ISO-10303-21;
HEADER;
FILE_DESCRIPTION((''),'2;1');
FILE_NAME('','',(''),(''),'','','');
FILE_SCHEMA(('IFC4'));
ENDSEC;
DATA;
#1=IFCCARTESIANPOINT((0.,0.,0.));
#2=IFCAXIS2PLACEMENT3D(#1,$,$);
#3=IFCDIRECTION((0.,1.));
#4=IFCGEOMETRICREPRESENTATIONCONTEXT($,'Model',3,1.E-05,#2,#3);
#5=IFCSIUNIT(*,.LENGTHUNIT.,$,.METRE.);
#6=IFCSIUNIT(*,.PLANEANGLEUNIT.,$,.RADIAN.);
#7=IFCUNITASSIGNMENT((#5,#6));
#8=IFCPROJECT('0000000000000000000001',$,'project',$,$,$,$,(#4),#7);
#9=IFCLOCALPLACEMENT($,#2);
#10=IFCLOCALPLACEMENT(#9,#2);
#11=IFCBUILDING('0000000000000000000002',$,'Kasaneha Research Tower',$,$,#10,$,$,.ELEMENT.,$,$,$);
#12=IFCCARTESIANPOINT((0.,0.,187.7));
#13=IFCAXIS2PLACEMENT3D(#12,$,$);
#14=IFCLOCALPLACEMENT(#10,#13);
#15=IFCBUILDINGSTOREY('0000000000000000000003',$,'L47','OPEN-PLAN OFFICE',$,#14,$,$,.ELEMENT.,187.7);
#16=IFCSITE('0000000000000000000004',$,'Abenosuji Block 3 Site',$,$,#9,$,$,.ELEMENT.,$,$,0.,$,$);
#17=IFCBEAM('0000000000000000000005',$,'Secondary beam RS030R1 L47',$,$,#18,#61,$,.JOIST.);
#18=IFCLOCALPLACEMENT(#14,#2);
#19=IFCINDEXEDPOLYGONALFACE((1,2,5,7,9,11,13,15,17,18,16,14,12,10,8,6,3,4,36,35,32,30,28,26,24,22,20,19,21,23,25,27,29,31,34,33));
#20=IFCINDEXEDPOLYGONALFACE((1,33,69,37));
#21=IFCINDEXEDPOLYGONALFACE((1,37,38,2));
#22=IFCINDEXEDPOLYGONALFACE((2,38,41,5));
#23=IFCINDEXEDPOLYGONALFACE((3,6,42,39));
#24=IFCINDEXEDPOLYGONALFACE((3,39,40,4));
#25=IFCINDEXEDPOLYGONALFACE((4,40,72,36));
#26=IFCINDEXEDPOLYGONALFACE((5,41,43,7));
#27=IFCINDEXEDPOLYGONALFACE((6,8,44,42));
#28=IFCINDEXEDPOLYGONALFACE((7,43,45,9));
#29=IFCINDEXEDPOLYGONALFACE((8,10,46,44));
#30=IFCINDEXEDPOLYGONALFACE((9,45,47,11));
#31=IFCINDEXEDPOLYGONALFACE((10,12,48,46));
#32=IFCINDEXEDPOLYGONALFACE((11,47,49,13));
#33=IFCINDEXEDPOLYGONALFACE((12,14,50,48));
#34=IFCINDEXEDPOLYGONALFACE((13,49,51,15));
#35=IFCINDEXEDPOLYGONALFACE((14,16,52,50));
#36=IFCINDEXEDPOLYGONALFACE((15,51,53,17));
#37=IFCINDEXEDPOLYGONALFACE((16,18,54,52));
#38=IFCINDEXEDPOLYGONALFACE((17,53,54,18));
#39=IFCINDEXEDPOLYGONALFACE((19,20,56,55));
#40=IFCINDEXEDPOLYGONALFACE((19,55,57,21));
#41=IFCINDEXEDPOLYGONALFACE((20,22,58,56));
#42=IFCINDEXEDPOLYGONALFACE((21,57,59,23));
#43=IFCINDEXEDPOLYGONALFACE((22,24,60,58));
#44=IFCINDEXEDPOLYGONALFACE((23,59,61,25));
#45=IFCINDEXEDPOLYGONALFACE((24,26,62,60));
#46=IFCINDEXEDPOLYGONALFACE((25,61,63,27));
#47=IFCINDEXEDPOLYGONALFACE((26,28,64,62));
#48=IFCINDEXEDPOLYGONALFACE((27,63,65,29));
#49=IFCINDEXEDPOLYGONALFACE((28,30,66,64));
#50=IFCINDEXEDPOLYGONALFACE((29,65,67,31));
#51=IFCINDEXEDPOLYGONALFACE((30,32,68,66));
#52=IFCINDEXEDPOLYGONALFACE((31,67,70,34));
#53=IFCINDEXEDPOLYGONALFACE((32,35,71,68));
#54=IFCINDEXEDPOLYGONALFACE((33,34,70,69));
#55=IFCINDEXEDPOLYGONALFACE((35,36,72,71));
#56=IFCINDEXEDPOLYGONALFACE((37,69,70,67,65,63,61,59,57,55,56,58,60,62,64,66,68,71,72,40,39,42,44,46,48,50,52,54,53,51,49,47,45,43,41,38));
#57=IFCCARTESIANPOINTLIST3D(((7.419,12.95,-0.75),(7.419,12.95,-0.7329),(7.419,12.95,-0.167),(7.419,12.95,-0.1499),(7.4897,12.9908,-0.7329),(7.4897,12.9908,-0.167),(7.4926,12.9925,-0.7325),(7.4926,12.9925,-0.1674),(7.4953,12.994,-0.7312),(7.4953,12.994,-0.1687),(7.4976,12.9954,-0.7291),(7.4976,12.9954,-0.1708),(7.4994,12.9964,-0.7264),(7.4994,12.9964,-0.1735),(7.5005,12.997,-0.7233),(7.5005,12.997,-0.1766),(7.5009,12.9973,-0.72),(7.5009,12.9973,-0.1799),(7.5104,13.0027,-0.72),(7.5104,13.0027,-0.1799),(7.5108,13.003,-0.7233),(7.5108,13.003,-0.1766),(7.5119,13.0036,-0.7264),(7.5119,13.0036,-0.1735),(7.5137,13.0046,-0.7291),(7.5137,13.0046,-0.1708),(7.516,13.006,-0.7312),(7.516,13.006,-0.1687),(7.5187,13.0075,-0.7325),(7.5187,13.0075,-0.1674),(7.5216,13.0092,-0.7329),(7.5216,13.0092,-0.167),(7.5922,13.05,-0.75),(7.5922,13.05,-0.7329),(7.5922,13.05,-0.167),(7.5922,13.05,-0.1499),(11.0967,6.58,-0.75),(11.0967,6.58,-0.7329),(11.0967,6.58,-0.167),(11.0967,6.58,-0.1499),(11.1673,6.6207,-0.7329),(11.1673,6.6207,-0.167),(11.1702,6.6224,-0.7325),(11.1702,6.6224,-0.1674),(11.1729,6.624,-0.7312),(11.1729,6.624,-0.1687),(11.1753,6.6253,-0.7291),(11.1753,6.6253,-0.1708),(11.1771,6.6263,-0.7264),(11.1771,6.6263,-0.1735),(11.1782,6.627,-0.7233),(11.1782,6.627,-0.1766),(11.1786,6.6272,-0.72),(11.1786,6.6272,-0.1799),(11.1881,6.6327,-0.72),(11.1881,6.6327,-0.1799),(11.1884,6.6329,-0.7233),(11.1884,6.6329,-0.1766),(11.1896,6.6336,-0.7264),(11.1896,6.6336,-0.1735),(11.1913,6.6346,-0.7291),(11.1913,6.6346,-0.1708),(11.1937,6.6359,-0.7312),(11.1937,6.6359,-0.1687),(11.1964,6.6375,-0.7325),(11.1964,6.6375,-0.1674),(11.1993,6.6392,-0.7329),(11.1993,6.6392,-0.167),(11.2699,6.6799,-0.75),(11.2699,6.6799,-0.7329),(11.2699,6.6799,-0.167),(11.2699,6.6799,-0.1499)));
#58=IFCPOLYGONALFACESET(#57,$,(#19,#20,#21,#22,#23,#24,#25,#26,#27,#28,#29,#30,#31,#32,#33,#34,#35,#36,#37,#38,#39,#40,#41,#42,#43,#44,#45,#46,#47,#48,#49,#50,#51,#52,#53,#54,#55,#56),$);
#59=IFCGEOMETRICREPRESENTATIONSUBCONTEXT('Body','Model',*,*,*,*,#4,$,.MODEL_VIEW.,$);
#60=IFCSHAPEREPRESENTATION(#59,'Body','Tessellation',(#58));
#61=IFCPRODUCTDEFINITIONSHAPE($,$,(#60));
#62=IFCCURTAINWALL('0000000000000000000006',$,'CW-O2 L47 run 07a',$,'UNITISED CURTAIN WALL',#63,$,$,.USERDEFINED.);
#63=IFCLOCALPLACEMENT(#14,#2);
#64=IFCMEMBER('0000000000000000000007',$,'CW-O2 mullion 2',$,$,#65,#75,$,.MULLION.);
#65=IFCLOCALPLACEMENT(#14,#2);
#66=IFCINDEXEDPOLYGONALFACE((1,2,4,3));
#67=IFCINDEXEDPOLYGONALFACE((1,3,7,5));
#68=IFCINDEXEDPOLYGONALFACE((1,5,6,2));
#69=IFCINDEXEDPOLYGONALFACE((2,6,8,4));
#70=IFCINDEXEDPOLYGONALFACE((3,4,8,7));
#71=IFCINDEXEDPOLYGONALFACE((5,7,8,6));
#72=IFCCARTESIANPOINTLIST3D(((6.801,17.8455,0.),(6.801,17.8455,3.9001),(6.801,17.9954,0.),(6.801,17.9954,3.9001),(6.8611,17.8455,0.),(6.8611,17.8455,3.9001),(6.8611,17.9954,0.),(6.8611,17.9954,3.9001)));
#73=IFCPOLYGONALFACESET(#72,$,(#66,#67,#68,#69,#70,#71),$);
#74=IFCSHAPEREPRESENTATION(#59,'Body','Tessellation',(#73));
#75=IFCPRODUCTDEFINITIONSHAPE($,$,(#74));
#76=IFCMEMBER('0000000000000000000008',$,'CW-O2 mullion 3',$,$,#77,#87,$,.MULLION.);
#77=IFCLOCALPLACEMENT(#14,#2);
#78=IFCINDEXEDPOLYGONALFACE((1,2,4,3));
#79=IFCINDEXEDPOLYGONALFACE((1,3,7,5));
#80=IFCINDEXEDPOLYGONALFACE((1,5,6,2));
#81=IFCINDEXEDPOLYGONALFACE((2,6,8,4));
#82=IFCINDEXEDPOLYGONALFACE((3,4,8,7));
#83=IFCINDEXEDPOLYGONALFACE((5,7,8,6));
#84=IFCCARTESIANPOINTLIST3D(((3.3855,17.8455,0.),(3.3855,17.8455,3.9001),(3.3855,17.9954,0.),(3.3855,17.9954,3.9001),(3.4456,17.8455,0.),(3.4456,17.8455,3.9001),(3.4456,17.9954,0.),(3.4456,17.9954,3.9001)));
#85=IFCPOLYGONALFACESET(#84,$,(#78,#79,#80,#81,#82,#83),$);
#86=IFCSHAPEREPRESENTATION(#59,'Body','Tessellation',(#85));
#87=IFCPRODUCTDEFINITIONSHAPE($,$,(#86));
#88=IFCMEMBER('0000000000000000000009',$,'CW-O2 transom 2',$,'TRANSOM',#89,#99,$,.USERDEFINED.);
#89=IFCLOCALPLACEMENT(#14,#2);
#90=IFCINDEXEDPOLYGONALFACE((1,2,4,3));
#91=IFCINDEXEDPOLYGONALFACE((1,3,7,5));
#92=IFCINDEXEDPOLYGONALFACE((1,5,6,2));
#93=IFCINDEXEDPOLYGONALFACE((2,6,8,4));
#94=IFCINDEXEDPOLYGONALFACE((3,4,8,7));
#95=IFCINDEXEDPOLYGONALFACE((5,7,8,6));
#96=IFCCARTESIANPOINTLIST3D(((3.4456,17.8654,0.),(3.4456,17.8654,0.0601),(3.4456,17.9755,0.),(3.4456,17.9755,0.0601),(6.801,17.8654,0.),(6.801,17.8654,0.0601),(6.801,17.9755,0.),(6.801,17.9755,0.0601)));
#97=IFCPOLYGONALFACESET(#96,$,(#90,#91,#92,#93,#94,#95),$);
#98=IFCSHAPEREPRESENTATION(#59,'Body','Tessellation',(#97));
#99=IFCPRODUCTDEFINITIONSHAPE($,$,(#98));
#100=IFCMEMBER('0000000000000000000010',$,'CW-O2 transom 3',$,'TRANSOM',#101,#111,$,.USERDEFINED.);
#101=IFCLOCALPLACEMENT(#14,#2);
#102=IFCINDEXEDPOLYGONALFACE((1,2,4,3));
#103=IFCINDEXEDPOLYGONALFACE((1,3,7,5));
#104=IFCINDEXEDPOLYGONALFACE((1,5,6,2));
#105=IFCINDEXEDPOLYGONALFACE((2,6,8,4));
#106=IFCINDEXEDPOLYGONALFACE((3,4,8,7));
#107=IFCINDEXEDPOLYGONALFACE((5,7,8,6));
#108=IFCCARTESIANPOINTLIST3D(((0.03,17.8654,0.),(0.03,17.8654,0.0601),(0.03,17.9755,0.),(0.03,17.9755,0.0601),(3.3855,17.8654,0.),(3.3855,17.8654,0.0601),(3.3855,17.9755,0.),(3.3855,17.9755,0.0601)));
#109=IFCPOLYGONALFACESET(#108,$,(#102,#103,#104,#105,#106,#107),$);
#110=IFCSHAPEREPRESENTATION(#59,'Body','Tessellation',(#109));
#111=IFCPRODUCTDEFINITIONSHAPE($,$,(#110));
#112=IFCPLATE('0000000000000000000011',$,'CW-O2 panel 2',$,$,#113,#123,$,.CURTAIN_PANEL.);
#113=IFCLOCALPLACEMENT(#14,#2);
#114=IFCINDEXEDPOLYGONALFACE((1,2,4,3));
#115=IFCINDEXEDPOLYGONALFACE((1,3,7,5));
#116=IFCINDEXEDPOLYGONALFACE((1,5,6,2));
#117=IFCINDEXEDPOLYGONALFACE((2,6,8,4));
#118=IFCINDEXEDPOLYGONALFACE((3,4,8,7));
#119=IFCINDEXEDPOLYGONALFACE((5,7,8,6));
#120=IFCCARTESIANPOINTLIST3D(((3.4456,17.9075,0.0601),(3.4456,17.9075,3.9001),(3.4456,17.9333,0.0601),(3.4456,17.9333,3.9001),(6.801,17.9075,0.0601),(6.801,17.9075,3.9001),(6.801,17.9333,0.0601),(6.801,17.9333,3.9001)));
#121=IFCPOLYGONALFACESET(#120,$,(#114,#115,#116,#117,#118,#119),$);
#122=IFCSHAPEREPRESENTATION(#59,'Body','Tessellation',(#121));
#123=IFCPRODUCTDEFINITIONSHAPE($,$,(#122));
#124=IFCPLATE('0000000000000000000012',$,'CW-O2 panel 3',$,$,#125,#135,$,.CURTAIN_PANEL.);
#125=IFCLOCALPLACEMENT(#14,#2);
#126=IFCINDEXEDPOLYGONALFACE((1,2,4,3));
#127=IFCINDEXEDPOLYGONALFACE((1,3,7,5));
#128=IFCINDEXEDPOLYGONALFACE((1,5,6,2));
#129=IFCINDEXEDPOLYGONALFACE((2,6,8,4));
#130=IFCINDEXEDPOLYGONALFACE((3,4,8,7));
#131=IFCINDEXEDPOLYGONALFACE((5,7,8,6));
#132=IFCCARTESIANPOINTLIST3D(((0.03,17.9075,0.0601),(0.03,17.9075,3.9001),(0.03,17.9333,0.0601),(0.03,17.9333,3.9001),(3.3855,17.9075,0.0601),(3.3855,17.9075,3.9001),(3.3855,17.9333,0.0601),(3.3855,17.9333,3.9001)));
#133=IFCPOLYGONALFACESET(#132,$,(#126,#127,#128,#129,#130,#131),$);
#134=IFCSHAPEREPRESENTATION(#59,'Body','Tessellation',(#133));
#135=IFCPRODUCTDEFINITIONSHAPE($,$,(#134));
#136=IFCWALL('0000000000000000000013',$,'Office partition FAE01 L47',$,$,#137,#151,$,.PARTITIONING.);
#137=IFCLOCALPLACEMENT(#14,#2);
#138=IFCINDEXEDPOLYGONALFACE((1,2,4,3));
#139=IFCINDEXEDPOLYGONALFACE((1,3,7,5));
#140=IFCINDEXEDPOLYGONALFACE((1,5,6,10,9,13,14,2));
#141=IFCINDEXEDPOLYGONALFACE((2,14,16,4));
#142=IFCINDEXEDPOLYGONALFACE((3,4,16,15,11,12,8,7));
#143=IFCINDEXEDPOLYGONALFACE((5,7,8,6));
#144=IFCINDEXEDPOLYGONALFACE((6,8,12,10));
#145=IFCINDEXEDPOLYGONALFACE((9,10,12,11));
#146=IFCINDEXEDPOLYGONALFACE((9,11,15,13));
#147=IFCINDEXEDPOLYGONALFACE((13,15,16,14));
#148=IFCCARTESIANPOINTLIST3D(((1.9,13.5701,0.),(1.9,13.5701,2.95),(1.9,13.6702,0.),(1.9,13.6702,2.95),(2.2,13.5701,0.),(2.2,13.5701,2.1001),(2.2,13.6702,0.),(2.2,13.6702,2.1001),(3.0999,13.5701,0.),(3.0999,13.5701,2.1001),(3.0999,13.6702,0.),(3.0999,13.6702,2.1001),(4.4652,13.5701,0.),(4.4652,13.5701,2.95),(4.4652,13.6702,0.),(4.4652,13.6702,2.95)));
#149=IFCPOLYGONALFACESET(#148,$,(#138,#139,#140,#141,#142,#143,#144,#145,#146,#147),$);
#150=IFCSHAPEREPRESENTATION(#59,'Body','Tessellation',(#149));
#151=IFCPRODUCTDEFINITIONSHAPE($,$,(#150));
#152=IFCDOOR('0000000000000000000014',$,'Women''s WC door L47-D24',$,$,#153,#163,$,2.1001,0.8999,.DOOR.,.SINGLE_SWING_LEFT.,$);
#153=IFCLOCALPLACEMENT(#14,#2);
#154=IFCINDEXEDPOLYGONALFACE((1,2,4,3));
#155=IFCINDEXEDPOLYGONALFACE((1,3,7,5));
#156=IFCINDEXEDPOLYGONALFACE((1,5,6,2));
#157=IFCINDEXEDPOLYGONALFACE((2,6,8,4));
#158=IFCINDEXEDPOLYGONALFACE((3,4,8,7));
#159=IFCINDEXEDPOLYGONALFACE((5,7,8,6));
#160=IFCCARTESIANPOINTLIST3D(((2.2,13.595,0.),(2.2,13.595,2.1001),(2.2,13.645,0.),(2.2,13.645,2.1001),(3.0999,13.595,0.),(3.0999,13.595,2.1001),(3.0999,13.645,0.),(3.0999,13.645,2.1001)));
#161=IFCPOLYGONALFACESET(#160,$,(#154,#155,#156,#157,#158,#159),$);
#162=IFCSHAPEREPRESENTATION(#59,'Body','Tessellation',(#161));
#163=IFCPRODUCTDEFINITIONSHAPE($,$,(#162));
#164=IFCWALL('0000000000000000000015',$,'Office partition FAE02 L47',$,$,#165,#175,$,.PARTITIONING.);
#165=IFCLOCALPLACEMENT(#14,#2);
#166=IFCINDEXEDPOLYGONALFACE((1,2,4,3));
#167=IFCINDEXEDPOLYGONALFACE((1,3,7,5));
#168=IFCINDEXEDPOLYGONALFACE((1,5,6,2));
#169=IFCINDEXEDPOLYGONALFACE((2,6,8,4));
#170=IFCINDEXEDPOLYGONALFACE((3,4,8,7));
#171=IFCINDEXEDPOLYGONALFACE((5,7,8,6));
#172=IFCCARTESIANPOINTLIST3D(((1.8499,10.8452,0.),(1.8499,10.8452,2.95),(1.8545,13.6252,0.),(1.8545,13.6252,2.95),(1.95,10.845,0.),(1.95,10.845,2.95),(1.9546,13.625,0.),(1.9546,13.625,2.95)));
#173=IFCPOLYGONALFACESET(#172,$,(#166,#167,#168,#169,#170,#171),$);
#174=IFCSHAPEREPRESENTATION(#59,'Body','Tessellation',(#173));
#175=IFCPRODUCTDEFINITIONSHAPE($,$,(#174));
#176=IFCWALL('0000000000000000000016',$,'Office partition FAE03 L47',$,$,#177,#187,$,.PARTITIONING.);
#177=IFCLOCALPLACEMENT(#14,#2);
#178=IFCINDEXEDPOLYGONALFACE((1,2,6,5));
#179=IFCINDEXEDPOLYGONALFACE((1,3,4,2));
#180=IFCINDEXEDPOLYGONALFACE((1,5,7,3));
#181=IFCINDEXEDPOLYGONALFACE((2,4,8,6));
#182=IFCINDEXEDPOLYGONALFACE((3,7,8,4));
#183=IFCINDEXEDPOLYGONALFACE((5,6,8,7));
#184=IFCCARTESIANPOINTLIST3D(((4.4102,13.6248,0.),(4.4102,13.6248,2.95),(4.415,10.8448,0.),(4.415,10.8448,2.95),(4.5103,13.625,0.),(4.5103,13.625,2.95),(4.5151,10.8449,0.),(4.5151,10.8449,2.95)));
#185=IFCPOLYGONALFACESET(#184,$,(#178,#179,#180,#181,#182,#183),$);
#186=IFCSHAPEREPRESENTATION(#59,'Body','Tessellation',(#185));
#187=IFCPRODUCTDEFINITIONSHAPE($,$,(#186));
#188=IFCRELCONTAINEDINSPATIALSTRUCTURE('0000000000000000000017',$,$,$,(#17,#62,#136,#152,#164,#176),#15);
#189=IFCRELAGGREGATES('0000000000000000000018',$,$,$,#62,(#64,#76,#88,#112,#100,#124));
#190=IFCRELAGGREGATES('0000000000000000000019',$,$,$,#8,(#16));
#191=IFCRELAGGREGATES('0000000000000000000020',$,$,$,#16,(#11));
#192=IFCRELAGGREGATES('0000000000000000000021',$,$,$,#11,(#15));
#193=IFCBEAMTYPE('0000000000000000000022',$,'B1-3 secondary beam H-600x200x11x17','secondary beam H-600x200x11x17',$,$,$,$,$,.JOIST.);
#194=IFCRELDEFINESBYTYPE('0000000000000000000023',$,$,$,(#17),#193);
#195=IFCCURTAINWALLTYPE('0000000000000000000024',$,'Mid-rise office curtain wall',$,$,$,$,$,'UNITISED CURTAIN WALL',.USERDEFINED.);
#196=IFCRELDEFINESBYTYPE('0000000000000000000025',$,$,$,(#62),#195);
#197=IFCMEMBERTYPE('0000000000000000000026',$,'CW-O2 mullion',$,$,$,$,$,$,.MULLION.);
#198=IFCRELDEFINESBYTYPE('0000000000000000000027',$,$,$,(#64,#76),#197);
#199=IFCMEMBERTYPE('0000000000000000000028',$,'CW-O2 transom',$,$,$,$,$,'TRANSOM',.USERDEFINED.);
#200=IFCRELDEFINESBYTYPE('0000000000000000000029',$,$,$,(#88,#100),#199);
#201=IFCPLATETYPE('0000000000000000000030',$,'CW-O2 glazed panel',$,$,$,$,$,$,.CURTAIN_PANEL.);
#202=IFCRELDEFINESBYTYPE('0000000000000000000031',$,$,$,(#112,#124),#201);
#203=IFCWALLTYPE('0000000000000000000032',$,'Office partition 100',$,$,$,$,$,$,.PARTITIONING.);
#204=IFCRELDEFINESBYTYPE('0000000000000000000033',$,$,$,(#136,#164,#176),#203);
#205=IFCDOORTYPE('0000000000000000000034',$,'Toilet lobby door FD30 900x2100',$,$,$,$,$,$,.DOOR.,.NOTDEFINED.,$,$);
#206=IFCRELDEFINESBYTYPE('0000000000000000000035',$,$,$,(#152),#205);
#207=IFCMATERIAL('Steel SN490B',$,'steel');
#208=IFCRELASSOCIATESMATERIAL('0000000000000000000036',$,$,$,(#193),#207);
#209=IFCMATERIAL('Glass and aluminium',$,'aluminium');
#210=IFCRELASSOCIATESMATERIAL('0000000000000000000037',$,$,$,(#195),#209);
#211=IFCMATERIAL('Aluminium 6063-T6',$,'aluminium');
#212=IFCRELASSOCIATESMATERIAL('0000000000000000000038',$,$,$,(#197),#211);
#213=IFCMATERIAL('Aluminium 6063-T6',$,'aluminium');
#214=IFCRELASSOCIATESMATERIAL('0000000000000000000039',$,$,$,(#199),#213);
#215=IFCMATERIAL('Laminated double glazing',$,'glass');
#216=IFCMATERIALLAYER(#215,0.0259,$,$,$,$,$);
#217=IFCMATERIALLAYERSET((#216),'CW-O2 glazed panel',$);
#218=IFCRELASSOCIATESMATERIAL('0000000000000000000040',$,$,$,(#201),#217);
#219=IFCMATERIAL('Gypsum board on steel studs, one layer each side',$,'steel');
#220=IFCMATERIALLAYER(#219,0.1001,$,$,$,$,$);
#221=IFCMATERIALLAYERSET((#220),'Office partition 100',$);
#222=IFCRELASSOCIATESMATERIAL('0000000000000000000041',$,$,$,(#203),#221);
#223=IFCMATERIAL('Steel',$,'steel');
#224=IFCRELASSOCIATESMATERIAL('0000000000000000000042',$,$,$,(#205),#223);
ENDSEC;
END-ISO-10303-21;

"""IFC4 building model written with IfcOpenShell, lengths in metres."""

from ifc_helpers import new_model, si_unit, direction, frame, frame_2d, origin, origin_2d, place, context, subcontext, project, spatial, rectangle, i_section, extrude, material, layer, layer_set, material_profile, profile_set, type_object, element, fill, aggregate, save


model = new_model("IFC4")

# Units and contexts
model_context = context("Model", 3, precision=1e-05, world=origin(), true_north=direction((0.0, 1.0)))
body_context = subcontext(model_context, "Body", "Model", "MODEL_VIEW")
ifc_project = project(units=[si_unit("LENGTHUNIT", "METRE"), si_unit("PLANEANGLEUNIT", "RADIAN")], contexts=[model_context])

# Site, building, storey
site_placement = place(None, origin())
site = spatial("IfcSite", under=ifc_project, at=site_placement, Name="Abenosuji Block 3 Site", CompositionType="ELEMENT", RefElevation=0.0)
building_placement = place(site_placement, origin())
building = spatial("IfcBuilding", under=site, at=building_placement, Name="Kasaneha Research Tower", CompositionType="ELEMENT")
storey_placement = place(building_placement, frame((0.0, 0.0, 187.7)))
storey = spatial("IfcBuildingStorey", under=building, at=storey_placement, Name="L47", Description="OPEN-PLAN OFFICE", CompositionType="ELEMENT", Elevation=187.7)

# Beam
ifc_material_1 = material(Name="Steel SN490B", Category="steel")
ifc_material_profile_1 = material_profile(ifc_material_1, i_section(OverallWidth=0.2, OverallDepth=0.6001, WebThickness=0.011, FlangeThickness=0.0171, FilletRadius=0.0129, at=origin_2d()), Name="H-600x200x11x17")
ifc_profile_set_1 = profile_set([ifc_material_profile_1], Name="Steel SN490B")
beam_type = type_object("IfcBeamType", Name="B1-3 secondary beam H-600x200x11x17", Description="secondary beam H-600x200x11x17", PredefinedType="JOIST", material=ifc_profile_set_1)
beam_placement = place(storey_placement, frame((7.5056, 13.0, -0.45), z_axis=(0.499994, -0.866029, 0.0), x_axis=(0.866029, 0.499994, 0.0)))
element("IfcBeam", 1, at=beam_placement, inside=storey, type_object=beam_type, Name="Secondary beam RS030R1 L47", PredefinedType="JOIST", context=body_context, shape_type="SweptSolid", body=[
    extrude(i_section(OverallWidth=0.2, OverallDepth=0.6001, WebThickness=0.011, FlangeThickness=0.0171, FilletRadius=0.0129, at=origin_2d()), origin(), (0.0, 0.0, 1.0), 7.3555),
])

# Curtain wall, members, plates
ifc_material_2 = material(Name="Glass and aluminium", Category="aluminium")
curtain_wall_type = type_object("IfcCurtainWallType", Name="Mid-rise office curtain wall", ElementType="UNITISED CURTAIN WALL", PredefinedType="USERDEFINED", material=ifc_material_2)
curtain_wall_placement = place(storey_placement, origin())
curtain_wall = element("IfcCurtainWall", 2, at=curtain_wall_placement, inside=storey, type_object=curtain_wall_type, Name="CW-O2 L47 run 07a", ObjectType="UNITISED CURTAIN WALL", PredefinedType="USERDEFINED")
ifc_material_3 = material(Name="Aluminium 6063-T6", Category="aluminium")
ifc_material_profile_2 = material_profile(ifc_material_3, rectangle(XDim=0.0601, YDim=0.1499, at=origin_2d()), Name="CW-O2 mullion 60x150")
ifc_profile_set_2 = profile_set([ifc_material_profile_2], Name="Aluminium 6063-T6")
member_type_1 = type_object("IfcMemberType", Name="CW-O2 mullion", PredefinedType="MULLION", material=ifc_profile_set_2)
member_1_placement = place(storey_placement, frame((6.8311, 17.9204, 0.0), z_axis=(0.0, 0.0, 1.0), x_axis=(-1.0, 0.0, 0.0)))
member_1 = element("IfcMember", 3, at=member_1_placement, type_object=member_type_1, Name="CW-O2 mullion 2", PredefinedType="MULLION", context=body_context, shape_type="SweptSolid", body=[
    extrude(rectangle(XDim=0.0601, YDim=0.1499, at=origin_2d()), origin(), (0.0, 0.0, 1.0), 3.9001),
])
member_2_placement = place(storey_placement, frame((3.4155, 17.9204, 0.0), z_axis=(0.0, 0.0, 1.0), x_axis=(-1.0, 0.0, 0.0)))
member_2 = element("IfcMember", 4, at=member_2_placement, type_object=member_type_1, Name="CW-O2 mullion 3", PredefinedType="MULLION", context=body_context, shape_type="SweptSolid", body=[
    extrude(rectangle(XDim=0.0601, YDim=0.1499, at=origin_2d()), origin(), (0.0, 0.0, 1.0), 3.9001),
])
ifc_material_4 = material(Name="Aluminium 6063-T6", Category="aluminium")
ifc_material_profile_3 = material_profile(ifc_material_4, rectangle(XDim=0.1101, YDim=0.0601, at=origin_2d()), Name="CW-O2 transom 110x60")
ifc_profile_set_3 = profile_set([ifc_material_profile_3], Name="Aluminium 6063-T6")
member_type_2 = type_object("IfcMemberType", Name="CW-O2 transom", ElementType="TRANSOM", PredefinedType="USERDEFINED", material=ifc_profile_set_3)
member_3_placement = place(storey_placement, frame((6.801, 17.9204, 0.03), z_axis=(-1.0, 0.0, 0.0), x_axis=(0.0, -1.0, 0.0)))
member_3 = element("IfcMember", 5, at=member_3_placement, type_object=member_type_2, Name="CW-O2 transom 2", ObjectType="TRANSOM", PredefinedType="USERDEFINED", context=body_context, shape_type="SweptSolid", body=[
    extrude(rectangle(XDim=0.1101, YDim=0.0601, at=origin_2d()), origin(), (0.0, 0.0, 1.0), 3.3555),
])
member_4_placement = place(storey_placement, frame((3.3855, 17.9204, 0.03), z_axis=(-1.0, 0.0, 0.0), x_axis=(0.0, -1.0, 0.0)))
member_4 = element("IfcMember", 6, at=member_4_placement, type_object=member_type_2, Name="CW-O2 transom 3", ObjectType="TRANSOM", PredefinedType="USERDEFINED", context=body_context, shape_type="SweptSolid", body=[
    extrude(rectangle(XDim=0.1101, YDim=0.0601, at=origin_2d()), origin(), (0.0, 0.0, 1.0), 3.3555),
])
ifc_material_5 = material(Name="Laminated double glazing", Category="glass")
ifc_layer_1 = layer(ifc_material_5, 0.0259)
ifc_layer_set_1 = layer_set([ifc_layer_1], Name="CW-O2 glazed panel")
plate_type = type_object("IfcPlateType", Name="CW-O2 glazed panel", PredefinedType="CURTAIN_PANEL", material=ifc_layer_set_1)
plate_1_placement = place(storey_placement, frame((5.1233, 17.9204, 0.0601), z_axis=(0.0, 0.0, 1.0), x_axis=(-1.0, 0.0, 0.0)))
plate_1 = element("IfcPlate", 7, at=plate_1_placement, type_object=plate_type, Name="CW-O2 panel 2", PredefinedType="CURTAIN_PANEL", context=body_context, shape_type="SweptSolid", body=[
    extrude(rectangle(XDim=3.3555, YDim=0.0259, at=origin_2d()), origin(), (0.0, 0.0, 1.0), 3.8401),
])
plate_2_placement = place(storey_placement, frame((1.7078, 17.9204, 0.0601), z_axis=(0.0, 0.0, 1.0), x_axis=(-1.0, 0.0, 0.0)))
plate_2 = element("IfcPlate", 8, at=plate_2_placement, type_object=plate_type, Name="CW-O2 panel 3", PredefinedType="CURTAIN_PANEL", context=body_context, shape_type="SweptSolid", body=[
    extrude(rectangle(XDim=3.3555, YDim=0.0259, at=origin_2d()), origin(), (0.0, 0.0, 1.0), 3.8401),
])
aggregate(curtain_wall, [member_1, member_2, member_3, plate_1, member_4, plate_2])

# Wall, opening, door
ifc_material_6 = material(Name="Gypsum board on steel studs, one layer each side", Category="steel")
ifc_layer_2 = layer(ifc_material_6, 0.1001)
ifc_layer_set_2 = layer_set([ifc_layer_2], Name="Office partition 100")
wall_type_1 = type_object("IfcWallType", Name="Office partition 100", PredefinedType="PARTITIONING", material=ifc_layer_set_2)
wall_1_placement = place(storey_placement, frame((1.8999, 13.6201, 0.0), z_axis=(0.0, 0.0, 1.0), x_axis=(1.0, 0.0, 0.0)))
wall_1 = element("IfcWall", 9, at=wall_1_placement, inside=storey, type_object=wall_type_1, Name="Office partition FAE01 L47", PredefinedType="PARTITIONING", context=body_context, shape_type="SweptSolid", body=[
    extrude(rectangle(XDim=2.5652, YDim=0.1001, at=frame_2d((1.2827, 0.0))), origin(), (0.0, 0.0, 1.0), 2.95),
])
opening_1_placement = place(wall_1_placement, frame((0.3, 0.0, 0.0)))
opening_1 = element("IfcOpeningElement", 10, at=opening_1_placement, cuts=wall_1, PredefinedType="OPENING", context=body_context, shape_type="SweptSolid", body=[
    extrude(rectangle(XDim=0.8999, YDim=2.1001, at=frame_2d((0.45, 1.05))), frame((0.0, 0.0601, 0.0), z_axis=(0.0, -1.0, 0.0), x_axis=(1.0, 0.0, 0.0)), (0.0, 0.0, 1.0), 0.1201),
])
ifc_material_7 = material(Name="Steel", Category="steel")
door_type = type_object("IfcDoorType", Name="Toilet lobby door FD30 900x2100", OperationType="NOTDEFINED", PredefinedType="DOOR", material=ifc_material_7)
door_1_placement = place(opening_1_placement, origin())
door_1 = element("IfcDoor", 11, at=door_1_placement, inside=storey, type_object=door_type, Name="Women's WC door L47-D24", OperationType="SINGLE_SWING_LEFT", OverallHeight=2.1001, OverallWidth=0.8999, PredefinedType="DOOR", context=body_context, shape_type="SweptSolid", body=[
    extrude(rectangle(XDim=0.8999, YDim=2.1001, at=frame_2d((0.45, 1.05))), frame((0.0, 0.0249, 0.0), z_axis=(0.0, -1.0, 0.0), x_axis=(1.0, 0.0, 0.0)), (0.0, 0.0, 1.0), 0.05),
])
fill(opening_1, door_1)

# Walls
for number, where, z_axis, x_axis, name in (
    (12, (1.8999, 10.845, 0.0), (0.0, 0.0, 1.0), (0.001669, 0.999999, 0.0), "Office partition FAE02 L47"),
    (13, (4.4602, 13.625, 0.0), (0.0, 0.0, 1.0), (0.001756, -0.999998, 0.0), "Office partition FAE03 L47"),
):
    element("IfcWall", number, at=place(storey_placement, frame(where, z_axis=z_axis, x_axis=x_axis)), inside=storey, type_object=wall_type_1, Name=name, PredefinedType="PARTITIONING", context=body_context, shape_type="SweptSolid", body=[
        extrude(rectangle(XDim=2.78, YDim=0.1001, at=frame_2d((1.3901, 0.0))), origin(), (0.0, 0.0, 1.0), 2.95),
    ])

save(model, "model.ifc")
